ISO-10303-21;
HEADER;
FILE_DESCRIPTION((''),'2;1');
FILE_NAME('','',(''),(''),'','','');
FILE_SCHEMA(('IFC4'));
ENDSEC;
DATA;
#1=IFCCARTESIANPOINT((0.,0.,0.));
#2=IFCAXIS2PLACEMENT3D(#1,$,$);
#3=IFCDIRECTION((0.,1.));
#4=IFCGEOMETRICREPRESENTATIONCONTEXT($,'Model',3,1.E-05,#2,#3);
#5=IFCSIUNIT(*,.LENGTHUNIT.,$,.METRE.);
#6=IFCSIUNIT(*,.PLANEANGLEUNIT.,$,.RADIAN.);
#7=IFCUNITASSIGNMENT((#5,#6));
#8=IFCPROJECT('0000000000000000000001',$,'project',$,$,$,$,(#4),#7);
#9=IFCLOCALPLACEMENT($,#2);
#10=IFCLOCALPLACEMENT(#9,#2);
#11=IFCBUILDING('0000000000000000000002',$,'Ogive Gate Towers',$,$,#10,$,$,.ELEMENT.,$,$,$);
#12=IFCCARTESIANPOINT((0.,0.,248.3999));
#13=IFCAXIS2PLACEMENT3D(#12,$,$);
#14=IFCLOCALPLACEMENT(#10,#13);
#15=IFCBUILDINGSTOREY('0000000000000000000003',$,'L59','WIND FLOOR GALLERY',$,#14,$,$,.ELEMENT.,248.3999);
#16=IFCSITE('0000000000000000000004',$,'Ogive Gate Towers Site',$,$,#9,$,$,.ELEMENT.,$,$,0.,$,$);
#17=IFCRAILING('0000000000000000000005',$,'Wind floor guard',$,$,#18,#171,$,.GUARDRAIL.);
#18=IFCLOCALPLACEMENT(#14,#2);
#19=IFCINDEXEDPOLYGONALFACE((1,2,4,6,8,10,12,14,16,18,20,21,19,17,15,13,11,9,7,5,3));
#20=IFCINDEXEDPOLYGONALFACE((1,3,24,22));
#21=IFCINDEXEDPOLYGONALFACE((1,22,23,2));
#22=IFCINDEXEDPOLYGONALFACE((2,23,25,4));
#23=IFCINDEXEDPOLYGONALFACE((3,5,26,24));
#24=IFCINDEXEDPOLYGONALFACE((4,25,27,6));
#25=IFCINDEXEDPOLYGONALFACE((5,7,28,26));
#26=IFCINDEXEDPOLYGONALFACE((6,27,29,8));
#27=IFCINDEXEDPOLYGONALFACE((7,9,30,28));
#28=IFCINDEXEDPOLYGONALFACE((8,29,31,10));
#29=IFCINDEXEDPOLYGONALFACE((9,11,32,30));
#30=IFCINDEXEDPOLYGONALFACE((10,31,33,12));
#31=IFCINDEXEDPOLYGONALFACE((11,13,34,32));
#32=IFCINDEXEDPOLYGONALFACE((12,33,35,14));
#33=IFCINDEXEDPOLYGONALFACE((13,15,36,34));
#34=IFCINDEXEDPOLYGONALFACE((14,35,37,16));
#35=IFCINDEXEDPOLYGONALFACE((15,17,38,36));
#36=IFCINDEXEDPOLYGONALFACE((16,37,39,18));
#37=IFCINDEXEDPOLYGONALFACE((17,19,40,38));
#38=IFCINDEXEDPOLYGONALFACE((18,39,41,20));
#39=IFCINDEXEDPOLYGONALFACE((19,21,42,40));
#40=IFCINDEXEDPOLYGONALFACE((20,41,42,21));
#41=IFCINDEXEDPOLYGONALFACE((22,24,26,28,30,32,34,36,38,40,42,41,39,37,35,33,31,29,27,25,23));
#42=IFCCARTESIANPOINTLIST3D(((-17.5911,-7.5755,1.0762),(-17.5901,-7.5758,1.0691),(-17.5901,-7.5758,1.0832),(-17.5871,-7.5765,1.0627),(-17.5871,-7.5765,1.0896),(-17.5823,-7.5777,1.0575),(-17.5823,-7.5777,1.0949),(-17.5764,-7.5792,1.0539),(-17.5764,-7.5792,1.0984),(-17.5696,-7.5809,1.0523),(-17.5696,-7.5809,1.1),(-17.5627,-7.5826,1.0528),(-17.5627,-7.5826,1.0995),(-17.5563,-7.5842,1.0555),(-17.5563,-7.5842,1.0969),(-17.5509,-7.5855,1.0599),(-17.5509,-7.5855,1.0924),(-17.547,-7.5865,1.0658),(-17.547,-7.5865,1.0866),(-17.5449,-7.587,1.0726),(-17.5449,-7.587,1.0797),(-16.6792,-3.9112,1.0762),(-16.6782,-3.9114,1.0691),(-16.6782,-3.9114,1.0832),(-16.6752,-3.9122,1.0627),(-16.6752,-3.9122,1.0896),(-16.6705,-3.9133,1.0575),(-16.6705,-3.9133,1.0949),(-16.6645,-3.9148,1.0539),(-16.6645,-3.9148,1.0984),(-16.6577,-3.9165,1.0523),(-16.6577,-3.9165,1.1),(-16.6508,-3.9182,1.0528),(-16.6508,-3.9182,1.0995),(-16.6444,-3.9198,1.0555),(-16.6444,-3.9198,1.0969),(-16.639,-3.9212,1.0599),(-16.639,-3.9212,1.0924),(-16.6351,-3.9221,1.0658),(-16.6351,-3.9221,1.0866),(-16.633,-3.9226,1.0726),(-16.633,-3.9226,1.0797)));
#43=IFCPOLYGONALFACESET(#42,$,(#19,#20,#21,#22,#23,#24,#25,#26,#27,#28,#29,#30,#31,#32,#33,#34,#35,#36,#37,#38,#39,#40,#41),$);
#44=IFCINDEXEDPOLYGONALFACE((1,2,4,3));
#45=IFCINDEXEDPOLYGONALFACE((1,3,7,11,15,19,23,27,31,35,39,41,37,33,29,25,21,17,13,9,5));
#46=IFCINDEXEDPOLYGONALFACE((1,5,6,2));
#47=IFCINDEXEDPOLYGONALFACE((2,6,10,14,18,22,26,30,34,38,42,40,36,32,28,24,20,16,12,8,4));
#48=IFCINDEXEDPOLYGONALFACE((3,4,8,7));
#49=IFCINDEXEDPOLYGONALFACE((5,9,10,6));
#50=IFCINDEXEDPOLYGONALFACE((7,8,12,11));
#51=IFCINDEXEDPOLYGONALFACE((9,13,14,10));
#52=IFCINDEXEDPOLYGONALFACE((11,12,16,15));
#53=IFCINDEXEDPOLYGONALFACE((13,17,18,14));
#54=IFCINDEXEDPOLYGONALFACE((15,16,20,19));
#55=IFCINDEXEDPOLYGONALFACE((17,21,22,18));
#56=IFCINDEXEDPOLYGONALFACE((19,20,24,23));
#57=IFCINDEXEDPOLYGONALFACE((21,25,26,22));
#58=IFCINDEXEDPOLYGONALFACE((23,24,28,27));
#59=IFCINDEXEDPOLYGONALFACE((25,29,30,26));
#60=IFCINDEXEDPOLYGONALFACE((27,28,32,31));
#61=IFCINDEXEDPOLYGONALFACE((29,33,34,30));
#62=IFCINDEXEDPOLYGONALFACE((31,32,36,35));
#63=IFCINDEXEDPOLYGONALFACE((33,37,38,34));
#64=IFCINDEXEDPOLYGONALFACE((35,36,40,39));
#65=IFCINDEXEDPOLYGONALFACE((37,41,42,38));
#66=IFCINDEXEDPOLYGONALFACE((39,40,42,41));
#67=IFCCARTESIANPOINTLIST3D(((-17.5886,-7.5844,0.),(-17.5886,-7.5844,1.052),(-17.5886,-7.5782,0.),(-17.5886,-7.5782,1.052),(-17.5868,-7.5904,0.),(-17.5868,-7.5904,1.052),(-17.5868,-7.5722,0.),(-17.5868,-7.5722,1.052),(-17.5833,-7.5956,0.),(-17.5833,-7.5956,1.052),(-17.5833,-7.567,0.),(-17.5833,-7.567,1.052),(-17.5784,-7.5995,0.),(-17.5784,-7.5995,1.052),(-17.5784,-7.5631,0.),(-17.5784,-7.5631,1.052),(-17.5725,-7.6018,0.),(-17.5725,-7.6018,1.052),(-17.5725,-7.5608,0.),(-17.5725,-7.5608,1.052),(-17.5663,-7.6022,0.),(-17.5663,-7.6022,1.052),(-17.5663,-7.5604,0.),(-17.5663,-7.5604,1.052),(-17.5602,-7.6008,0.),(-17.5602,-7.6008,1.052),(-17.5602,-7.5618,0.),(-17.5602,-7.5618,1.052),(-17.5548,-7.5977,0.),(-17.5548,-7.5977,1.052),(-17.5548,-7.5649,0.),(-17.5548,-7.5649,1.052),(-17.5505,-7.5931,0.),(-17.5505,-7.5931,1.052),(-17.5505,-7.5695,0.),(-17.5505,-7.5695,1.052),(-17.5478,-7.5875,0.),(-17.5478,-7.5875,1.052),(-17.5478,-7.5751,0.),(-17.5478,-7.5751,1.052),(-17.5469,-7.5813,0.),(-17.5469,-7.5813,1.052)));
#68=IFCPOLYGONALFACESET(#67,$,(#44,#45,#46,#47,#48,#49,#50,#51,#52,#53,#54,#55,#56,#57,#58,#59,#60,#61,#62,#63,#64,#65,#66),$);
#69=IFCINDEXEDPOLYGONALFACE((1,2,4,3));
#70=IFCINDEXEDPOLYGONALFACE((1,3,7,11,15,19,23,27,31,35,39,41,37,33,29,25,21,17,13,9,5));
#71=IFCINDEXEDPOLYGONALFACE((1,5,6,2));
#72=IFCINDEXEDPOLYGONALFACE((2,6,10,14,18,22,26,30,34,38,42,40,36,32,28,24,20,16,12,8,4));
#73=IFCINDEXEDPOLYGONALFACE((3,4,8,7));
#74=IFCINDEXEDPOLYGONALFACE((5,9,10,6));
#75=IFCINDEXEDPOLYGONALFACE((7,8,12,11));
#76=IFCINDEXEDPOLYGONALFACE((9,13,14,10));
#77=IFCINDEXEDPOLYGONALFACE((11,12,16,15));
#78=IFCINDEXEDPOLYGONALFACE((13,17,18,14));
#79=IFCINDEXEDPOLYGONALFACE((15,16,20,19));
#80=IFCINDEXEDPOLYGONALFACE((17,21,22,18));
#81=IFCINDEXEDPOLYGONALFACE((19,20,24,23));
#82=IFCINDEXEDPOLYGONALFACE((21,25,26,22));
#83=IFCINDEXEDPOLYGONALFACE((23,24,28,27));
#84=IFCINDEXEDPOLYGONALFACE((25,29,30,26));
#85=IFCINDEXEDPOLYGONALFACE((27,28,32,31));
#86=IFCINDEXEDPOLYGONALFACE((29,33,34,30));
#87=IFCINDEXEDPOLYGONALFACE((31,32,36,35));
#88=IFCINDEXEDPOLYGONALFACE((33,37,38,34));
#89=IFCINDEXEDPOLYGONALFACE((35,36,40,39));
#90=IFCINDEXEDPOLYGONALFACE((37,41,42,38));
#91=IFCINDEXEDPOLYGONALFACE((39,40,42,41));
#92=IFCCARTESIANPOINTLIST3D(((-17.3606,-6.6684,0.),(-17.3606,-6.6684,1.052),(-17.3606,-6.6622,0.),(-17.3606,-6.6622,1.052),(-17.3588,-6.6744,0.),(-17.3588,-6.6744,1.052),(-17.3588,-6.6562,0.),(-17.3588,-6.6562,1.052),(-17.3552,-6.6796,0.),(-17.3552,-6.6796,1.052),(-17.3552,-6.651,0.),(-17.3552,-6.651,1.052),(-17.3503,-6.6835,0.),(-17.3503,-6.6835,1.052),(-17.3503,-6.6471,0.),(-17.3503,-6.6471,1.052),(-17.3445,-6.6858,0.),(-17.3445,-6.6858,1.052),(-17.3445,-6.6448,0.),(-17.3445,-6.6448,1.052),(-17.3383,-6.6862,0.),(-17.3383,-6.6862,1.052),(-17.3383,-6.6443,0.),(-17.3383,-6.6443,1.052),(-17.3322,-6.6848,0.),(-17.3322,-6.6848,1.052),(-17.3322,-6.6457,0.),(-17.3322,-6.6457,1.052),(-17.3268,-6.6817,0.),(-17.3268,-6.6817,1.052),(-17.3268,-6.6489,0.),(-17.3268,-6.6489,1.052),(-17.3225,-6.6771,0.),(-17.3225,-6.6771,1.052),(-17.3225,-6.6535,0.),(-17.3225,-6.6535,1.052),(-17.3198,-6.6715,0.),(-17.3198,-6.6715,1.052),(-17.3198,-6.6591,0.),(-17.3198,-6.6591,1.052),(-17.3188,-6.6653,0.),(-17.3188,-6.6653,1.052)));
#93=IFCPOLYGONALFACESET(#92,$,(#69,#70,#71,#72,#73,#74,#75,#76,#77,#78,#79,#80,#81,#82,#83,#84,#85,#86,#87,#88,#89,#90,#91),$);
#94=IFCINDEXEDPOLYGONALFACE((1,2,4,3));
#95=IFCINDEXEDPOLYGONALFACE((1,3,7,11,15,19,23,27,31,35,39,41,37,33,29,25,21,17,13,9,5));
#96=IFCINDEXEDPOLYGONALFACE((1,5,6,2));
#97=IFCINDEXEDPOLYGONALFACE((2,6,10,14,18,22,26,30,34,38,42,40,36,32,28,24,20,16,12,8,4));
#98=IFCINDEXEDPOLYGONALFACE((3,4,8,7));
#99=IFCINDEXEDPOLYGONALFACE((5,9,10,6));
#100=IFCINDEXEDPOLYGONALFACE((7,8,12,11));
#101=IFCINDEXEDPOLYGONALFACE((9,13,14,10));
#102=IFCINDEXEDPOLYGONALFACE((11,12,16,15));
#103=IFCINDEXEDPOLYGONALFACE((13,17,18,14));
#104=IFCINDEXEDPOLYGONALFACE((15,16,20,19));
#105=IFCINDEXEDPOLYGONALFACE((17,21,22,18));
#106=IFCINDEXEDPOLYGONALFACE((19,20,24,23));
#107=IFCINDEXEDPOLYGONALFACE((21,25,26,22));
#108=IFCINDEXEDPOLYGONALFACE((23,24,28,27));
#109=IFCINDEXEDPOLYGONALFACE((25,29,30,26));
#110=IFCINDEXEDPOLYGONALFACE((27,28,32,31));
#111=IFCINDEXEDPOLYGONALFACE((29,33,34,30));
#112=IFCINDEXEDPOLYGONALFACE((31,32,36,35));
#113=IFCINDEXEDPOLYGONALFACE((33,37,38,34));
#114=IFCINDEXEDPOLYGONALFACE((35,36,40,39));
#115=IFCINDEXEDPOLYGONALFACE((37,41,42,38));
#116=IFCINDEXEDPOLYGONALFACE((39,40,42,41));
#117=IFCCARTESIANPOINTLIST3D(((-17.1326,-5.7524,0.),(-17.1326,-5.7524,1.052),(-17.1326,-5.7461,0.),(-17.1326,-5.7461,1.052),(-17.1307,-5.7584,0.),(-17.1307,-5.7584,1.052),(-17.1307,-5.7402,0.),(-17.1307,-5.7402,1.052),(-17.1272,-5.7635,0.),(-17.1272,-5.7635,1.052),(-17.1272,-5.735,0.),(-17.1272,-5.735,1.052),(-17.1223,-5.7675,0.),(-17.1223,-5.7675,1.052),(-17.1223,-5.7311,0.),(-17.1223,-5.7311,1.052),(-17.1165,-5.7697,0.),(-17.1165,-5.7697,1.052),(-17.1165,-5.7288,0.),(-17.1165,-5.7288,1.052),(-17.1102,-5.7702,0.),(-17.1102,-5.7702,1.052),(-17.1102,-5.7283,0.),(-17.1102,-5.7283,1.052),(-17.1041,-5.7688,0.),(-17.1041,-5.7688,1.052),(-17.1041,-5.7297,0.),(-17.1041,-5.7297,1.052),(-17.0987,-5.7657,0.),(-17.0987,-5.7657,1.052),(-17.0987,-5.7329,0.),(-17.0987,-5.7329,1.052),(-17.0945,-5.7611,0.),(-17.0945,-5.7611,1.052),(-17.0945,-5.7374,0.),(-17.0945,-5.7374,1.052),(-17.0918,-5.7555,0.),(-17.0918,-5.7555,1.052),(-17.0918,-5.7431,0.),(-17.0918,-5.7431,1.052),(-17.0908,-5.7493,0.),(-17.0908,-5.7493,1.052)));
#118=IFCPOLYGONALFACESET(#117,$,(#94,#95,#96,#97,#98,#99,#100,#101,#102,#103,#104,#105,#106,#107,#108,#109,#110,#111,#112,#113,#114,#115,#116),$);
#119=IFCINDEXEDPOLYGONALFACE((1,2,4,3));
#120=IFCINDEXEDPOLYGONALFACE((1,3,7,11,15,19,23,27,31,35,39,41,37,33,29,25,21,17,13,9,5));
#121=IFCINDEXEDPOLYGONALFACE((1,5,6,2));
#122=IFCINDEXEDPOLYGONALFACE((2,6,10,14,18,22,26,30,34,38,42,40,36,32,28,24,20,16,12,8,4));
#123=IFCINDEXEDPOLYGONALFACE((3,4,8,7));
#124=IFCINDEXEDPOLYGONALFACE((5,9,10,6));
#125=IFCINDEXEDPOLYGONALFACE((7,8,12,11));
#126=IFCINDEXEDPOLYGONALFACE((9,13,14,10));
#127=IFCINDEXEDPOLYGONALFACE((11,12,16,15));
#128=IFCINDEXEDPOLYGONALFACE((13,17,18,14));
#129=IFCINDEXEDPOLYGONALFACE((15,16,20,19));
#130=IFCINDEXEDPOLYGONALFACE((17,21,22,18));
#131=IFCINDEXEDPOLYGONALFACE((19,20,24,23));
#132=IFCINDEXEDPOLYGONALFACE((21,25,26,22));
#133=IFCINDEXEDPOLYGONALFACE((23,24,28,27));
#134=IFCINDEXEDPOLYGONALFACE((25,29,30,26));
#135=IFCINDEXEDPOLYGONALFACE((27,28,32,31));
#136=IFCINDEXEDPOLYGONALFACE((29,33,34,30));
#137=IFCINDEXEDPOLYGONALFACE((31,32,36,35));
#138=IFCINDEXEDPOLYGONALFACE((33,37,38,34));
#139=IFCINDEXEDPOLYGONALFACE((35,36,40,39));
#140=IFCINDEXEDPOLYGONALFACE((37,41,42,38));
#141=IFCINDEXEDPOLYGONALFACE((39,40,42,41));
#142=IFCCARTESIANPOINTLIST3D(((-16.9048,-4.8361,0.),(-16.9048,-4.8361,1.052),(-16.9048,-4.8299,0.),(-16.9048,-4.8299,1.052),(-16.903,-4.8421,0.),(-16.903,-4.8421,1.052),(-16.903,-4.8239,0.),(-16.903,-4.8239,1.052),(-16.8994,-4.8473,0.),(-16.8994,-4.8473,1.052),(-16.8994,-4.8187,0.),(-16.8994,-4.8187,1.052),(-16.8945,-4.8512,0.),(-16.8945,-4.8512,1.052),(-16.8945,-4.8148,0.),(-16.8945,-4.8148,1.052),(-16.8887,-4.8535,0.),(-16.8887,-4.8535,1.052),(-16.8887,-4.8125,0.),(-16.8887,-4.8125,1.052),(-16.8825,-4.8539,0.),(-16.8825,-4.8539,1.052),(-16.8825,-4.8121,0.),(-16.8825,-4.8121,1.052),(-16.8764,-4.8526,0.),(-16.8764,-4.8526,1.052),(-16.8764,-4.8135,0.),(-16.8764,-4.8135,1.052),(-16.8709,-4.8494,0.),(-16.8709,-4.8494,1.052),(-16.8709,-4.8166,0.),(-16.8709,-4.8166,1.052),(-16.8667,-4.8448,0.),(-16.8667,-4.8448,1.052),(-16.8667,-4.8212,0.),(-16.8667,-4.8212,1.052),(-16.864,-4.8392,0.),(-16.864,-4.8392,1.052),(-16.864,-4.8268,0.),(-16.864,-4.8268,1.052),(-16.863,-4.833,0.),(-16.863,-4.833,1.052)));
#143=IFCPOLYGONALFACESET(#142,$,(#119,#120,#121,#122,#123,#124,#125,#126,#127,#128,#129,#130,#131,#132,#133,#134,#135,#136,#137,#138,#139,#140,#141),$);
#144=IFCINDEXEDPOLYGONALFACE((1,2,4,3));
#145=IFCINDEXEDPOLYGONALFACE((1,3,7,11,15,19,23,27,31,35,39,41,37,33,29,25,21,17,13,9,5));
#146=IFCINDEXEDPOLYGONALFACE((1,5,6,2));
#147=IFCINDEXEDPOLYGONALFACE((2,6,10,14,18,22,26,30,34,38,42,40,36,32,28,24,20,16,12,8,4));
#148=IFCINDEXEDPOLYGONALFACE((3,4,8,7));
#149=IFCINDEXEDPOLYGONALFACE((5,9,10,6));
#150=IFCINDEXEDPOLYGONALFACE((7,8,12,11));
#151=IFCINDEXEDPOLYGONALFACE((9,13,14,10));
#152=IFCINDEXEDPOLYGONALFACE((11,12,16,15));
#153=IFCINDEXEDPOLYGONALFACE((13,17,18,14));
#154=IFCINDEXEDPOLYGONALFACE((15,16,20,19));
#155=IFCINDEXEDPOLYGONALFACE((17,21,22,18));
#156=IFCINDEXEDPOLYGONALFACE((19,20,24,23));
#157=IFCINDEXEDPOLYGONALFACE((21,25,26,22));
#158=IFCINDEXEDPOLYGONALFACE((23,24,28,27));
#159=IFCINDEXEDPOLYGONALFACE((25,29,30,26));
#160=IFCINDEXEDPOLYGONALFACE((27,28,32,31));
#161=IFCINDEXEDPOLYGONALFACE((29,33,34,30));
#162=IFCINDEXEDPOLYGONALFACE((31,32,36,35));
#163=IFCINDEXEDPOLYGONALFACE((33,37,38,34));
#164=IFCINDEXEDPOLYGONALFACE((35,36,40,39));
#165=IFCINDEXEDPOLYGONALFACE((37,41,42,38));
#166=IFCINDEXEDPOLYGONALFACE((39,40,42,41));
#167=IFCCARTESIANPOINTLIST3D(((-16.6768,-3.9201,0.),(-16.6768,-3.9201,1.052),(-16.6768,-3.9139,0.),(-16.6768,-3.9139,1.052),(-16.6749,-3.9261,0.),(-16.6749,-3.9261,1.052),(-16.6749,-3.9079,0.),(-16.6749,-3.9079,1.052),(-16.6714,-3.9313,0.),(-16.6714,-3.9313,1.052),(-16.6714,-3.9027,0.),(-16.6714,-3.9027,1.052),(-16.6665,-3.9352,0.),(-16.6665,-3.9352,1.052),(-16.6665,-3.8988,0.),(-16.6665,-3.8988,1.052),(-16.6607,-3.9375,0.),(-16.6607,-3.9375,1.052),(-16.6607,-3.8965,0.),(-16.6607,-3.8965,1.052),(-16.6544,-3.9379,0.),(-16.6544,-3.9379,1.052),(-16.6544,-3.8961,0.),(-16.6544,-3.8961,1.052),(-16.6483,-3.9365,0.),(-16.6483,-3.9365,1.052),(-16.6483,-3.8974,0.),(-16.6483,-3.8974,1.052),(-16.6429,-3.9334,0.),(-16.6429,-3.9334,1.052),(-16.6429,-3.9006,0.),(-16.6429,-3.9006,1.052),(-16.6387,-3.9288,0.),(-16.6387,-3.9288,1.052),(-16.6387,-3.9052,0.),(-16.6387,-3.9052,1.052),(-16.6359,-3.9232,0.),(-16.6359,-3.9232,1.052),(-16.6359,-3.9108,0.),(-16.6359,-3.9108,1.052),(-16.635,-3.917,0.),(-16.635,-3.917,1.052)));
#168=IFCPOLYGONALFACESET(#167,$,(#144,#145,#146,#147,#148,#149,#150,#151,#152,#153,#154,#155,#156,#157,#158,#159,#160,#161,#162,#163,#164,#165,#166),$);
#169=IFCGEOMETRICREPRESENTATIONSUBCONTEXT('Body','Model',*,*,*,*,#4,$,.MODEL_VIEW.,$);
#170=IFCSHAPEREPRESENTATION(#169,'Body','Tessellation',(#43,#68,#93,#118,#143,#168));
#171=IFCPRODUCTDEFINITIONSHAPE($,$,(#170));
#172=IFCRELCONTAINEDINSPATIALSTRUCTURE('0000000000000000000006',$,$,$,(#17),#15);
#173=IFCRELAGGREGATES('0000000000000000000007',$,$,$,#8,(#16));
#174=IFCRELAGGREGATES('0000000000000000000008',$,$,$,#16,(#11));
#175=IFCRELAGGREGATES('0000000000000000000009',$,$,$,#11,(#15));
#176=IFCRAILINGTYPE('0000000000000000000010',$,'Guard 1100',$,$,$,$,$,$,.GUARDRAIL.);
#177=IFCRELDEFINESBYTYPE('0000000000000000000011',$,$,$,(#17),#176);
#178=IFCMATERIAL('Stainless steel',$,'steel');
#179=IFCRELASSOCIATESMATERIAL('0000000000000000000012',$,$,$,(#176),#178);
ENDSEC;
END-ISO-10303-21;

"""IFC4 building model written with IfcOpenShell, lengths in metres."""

from ifc_helpers import new_model, si_unit, direction, frame, origin, origin_2d, place, context, subcontext, project, spatial, circle, extrude, material, type_object, element, save


model = new_model("IFC4")

# Units and contexts
model_context = context("Model", 3, precision=1e-05, world=origin(), true_north=direction((0.0, 1.0)))
body_context = subcontext(model_context, "Body", "Model", "MODEL_VIEW")
ifc_project = project(units=[si_unit("LENGTHUNIT", "METRE"), si_unit("PLANEANGLEUNIT", "RADIAN")], contexts=[model_context])

# Site, building, storey
site_placement = place(None, origin())
site = spatial("IfcSite", under=ifc_project, at=site_placement, Name="Ogive Gate Towers Site", CompositionType="ELEMENT", RefElevation=0.0)
building_placement = place(site_placement, origin())
building = spatial("IfcBuilding", under=site, at=building_placement, Name="Ogive Gate Towers", CompositionType="ELEMENT")
storey_placement = place(building_placement, frame((0.0, 0.0, 248.3999)))
storey = spatial("IfcBuildingStorey", under=building, at=storey_placement, Name="L59", Description="WIND FLOOR GALLERY", CompositionType="ELEMENT", Elevation=248.3999)

# Railing
ifc_material_1 = material(Name="Stainless steel", Category="steel")
railing_type_1 = type_object("IfcRailingType", Name="Guard 1100", PredefinedType="GUARDRAIL", material=ifc_material_1)
railing_1_placement = place(storey_placement, frame((-17.5679, -7.5813, 0.0)))
element("IfcRailing", 1, at=railing_1_placement, inside=storey, type_object=railing_type_1, Name="Wind floor guard", PredefinedType="GUARDRAIL", context=body_context, shape_type="SweptSolid", body=[
    extrude(circle(Radius=0.0239, at=origin_2d()), frame((0.0, 0.0, 1.0762), z_axis=(0.241486, 0.970404, 0.0), x_axis=(-0.970404, 0.241486, 0.0)), (0.0, 0.0, 1.0), 3.7761),
    extrude(circle(Radius=0.021, at=origin_2d()), origin(), (0.0, 0.0, 1.0), 1.052),
    extrude(circle(Radius=0.021, at=origin_2d()), frame((0.228, 0.916, 0.0)), (0.0, 0.0, 1.0), 1.052),
    extrude(circle(Radius=0.021, at=origin_2d()), frame((0.4561, 1.832, 0.0)), (0.0, 0.0, 1.0), 1.052),
    extrude(circle(Radius=0.021, at=origin_2d()), frame((0.6838, 2.7483, 0.0)), (0.0, 0.0, 1.0), 1.052),
    extrude(circle(Radius=0.021, at=origin_2d()), frame((0.9119, 3.6643, 0.0)), (0.0, 0.0, 1.0), 1.052),
])

save(model, "model.ifc")
